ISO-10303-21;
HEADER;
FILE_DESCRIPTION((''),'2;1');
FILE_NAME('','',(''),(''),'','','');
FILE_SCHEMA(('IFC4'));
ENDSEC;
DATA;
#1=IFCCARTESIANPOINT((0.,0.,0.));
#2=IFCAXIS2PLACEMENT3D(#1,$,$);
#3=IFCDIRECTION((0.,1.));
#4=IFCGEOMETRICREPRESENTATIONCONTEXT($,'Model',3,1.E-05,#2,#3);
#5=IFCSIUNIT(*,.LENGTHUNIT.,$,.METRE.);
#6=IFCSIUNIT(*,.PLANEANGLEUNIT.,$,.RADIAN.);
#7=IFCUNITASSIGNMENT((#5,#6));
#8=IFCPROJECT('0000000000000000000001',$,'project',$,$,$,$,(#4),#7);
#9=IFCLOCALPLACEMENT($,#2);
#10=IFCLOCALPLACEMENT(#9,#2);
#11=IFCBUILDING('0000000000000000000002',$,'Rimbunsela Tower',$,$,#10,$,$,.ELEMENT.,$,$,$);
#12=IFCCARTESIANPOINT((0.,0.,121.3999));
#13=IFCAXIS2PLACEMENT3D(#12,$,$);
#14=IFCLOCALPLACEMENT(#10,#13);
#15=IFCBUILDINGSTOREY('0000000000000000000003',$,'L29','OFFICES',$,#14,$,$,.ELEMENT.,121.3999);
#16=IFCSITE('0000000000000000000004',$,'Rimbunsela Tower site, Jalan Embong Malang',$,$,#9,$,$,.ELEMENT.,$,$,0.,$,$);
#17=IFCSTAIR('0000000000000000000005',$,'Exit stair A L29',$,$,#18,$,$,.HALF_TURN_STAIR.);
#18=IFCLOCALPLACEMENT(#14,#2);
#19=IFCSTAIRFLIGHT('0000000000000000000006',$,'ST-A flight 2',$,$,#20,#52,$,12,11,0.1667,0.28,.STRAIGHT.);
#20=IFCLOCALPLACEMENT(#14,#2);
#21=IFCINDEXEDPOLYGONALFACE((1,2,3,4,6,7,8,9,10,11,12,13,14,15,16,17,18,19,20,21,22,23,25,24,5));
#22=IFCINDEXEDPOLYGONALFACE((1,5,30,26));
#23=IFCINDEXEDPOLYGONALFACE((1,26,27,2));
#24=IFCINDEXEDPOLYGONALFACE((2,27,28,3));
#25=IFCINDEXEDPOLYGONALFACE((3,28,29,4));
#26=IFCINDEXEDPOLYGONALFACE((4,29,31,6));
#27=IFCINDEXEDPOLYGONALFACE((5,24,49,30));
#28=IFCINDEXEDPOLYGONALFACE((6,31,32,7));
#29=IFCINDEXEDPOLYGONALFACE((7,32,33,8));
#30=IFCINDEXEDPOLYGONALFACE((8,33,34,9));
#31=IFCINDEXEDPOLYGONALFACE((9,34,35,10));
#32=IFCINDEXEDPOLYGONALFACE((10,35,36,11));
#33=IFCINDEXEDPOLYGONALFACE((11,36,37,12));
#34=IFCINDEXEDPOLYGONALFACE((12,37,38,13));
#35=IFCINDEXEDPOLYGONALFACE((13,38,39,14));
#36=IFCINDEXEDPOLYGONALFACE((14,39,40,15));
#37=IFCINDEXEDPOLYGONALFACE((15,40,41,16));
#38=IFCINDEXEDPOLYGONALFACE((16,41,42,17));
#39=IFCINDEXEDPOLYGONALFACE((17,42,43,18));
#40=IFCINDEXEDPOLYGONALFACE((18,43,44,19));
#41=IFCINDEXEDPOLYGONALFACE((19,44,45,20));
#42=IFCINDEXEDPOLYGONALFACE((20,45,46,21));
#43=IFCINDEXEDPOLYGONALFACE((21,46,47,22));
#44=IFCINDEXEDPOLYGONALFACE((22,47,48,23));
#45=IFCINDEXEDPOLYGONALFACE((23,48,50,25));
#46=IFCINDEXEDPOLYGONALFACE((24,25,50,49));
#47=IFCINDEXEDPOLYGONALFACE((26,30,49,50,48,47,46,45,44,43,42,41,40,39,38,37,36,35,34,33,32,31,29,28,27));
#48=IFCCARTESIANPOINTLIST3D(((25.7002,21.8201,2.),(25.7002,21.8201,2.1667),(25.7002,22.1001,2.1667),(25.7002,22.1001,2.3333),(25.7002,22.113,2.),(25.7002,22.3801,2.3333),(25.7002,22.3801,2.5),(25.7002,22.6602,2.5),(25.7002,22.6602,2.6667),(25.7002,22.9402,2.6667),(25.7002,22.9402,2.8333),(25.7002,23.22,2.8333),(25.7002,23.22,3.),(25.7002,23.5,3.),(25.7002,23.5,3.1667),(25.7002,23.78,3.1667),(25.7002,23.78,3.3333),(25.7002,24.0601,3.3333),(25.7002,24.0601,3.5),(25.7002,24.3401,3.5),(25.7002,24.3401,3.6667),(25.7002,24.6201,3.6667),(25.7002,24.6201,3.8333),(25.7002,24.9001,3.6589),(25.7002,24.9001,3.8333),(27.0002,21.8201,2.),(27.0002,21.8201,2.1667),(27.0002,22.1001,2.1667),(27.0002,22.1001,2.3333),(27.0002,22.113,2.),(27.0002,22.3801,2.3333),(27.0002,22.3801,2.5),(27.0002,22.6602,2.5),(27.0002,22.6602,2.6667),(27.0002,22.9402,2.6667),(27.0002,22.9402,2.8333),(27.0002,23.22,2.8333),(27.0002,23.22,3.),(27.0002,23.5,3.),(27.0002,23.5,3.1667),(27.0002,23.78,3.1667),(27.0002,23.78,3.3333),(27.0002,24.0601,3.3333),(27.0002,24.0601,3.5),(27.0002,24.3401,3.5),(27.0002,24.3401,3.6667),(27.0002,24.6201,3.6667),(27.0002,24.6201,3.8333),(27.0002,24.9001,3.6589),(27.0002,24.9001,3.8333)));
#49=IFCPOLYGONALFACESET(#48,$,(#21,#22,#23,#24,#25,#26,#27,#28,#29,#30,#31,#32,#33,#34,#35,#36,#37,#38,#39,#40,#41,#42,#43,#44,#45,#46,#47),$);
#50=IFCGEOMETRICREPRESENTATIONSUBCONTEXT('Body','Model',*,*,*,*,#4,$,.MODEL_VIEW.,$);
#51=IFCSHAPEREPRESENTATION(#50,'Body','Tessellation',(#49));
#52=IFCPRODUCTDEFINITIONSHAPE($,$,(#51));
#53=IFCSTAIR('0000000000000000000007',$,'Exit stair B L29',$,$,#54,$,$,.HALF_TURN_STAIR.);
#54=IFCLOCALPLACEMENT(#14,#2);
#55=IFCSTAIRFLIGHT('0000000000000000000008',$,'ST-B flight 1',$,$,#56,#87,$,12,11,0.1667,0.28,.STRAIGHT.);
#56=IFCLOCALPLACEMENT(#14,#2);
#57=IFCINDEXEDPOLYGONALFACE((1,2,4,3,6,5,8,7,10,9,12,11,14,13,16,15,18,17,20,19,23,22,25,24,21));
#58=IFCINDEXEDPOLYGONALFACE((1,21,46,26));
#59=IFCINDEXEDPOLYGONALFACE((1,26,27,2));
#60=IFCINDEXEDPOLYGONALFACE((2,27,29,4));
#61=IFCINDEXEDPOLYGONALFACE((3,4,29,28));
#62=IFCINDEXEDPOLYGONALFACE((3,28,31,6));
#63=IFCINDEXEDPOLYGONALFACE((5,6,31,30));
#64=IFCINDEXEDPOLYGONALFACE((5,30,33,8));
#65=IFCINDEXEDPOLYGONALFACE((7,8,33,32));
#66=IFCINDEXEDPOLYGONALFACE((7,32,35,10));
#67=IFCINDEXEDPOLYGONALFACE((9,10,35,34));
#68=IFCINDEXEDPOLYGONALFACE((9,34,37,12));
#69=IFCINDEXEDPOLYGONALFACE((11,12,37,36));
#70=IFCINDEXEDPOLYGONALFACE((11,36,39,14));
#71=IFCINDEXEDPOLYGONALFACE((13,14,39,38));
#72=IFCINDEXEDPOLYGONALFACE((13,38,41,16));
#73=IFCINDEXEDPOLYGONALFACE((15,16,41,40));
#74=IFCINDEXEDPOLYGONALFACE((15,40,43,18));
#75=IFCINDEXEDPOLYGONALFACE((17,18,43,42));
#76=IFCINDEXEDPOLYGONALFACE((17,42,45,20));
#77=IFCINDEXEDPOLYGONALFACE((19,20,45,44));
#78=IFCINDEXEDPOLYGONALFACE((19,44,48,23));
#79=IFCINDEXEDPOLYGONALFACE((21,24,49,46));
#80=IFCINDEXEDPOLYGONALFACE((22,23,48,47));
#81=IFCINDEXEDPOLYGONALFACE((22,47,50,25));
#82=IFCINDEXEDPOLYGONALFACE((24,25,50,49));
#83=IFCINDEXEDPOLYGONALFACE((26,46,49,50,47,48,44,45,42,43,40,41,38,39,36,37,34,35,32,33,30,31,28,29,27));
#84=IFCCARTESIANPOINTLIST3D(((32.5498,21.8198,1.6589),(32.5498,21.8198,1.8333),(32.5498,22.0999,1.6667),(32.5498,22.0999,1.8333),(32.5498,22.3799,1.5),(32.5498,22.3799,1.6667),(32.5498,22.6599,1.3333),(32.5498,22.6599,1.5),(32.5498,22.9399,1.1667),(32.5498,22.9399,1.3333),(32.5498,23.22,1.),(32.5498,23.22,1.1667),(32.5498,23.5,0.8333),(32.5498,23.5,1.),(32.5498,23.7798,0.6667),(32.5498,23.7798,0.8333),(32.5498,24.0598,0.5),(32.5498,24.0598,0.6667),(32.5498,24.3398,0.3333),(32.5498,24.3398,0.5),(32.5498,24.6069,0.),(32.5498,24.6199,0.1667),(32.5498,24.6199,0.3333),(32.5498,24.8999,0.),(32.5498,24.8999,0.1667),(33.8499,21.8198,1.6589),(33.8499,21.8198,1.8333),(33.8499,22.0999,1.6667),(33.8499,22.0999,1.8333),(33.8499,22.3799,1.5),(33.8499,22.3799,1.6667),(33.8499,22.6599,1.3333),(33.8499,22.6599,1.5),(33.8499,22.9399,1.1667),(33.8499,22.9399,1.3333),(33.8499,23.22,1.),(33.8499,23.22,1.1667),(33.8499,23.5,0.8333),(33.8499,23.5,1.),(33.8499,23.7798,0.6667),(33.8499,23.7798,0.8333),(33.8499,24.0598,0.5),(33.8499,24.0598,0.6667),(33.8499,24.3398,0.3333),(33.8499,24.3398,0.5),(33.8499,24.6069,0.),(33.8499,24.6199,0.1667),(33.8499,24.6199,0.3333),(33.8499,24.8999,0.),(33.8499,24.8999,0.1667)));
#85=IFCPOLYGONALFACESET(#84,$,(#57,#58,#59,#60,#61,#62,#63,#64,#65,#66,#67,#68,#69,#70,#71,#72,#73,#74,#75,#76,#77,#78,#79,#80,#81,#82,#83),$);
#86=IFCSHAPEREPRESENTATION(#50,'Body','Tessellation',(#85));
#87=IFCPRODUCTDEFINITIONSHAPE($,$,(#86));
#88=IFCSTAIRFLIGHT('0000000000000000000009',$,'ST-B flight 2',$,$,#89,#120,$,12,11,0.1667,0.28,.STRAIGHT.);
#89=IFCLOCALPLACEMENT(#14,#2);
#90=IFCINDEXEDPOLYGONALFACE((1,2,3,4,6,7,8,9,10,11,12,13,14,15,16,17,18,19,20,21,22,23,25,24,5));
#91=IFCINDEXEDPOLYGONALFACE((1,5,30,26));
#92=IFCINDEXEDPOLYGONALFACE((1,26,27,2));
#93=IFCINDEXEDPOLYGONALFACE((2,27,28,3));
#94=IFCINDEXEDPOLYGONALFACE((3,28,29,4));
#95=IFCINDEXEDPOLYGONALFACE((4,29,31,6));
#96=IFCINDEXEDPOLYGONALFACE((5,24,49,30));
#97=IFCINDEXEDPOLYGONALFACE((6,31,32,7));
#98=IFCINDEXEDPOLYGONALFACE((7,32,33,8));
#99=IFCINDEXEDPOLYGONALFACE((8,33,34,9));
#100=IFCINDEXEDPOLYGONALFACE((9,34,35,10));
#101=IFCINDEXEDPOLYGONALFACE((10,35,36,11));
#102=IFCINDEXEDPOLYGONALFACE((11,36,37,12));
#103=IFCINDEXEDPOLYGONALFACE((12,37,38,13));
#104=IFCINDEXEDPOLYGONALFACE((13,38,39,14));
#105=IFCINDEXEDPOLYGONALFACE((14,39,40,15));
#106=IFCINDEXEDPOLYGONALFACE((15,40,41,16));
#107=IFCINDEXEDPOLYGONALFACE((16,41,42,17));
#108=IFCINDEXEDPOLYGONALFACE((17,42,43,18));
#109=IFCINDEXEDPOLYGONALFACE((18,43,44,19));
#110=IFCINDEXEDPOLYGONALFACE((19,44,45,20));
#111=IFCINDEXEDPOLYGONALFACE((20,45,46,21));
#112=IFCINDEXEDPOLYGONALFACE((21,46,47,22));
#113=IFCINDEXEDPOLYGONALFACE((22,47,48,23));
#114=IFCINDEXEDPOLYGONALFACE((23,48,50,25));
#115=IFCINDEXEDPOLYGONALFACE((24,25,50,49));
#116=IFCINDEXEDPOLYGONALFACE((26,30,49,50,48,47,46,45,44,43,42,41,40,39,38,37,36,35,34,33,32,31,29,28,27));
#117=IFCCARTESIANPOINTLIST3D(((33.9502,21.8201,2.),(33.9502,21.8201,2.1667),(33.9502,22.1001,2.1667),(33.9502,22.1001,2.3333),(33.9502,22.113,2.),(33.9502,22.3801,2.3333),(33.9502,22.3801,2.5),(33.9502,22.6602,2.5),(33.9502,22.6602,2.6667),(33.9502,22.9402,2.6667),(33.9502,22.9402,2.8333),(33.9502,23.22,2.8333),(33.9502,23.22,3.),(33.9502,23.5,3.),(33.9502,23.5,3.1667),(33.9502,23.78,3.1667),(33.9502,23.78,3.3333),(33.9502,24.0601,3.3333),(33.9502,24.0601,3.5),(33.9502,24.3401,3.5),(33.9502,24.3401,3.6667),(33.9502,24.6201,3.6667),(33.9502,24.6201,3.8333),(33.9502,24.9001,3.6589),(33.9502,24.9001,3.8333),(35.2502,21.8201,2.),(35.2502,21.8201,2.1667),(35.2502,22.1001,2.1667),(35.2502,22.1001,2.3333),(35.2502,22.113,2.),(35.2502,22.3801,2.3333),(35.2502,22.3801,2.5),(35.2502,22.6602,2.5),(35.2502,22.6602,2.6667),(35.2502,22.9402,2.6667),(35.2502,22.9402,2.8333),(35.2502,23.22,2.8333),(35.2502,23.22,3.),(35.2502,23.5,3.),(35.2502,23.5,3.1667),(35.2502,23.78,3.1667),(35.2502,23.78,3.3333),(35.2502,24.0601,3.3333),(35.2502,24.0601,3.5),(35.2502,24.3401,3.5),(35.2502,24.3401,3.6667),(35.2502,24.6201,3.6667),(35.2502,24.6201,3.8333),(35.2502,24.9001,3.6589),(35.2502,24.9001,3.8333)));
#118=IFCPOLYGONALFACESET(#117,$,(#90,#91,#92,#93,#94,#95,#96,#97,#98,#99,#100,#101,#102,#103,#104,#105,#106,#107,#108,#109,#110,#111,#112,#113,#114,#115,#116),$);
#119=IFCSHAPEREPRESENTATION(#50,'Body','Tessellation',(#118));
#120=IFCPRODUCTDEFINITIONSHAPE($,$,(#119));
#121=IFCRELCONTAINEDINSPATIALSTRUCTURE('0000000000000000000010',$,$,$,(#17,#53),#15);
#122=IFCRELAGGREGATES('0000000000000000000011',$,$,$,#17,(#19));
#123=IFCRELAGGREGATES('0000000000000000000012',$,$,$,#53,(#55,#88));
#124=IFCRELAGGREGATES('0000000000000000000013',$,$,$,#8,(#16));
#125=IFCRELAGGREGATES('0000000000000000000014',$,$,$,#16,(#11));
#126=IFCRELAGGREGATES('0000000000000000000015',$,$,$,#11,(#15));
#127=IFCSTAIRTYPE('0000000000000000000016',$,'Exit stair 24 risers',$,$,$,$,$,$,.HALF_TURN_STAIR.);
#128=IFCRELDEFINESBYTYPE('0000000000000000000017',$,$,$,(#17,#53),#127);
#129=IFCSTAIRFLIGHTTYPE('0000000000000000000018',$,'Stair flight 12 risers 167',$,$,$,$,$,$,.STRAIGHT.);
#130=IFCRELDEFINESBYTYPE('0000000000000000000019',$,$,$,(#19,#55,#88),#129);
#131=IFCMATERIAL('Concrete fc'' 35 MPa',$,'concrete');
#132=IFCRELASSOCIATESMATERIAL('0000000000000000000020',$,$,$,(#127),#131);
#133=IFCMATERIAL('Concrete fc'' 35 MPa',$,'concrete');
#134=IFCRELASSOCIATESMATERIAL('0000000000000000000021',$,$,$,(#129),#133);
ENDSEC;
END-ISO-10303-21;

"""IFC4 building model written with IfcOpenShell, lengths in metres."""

from ifc_helpers import new_model, si_unit, direction, frame, origin, place, context, subcontext, project, spatial, polyline, outline, extrude, material, type_object, element, aggregate, save


model = new_model("IFC4")

# Units and contexts
model_context = context("Model", 3, precision=1e-05, world=origin(), true_north=direction((0.0, 1.0)))
body_context = subcontext(model_context, "Body", "Model", "MODEL_VIEW")
ifc_project = project(units=[si_unit("LENGTHUNIT", "METRE"), si_unit("PLANEANGLEUNIT", "RADIAN")], contexts=[model_context])

# Site, building, storey
site_placement = place(None, origin())
site = spatial("IfcSite", under=ifc_project, at=site_placement, Name="Rimbunsela Tower site, Jalan Embong Malang", CompositionType="ELEMENT", RefElevation=0.0)
building_placement = place(site_placement, origin())
building = spatial("IfcBuilding", under=site, at=building_placement, Name="Rimbunsela Tower", CompositionType="ELEMENT")
storey_placement = place(building_placement, frame((0.0, 0.0, 121.3999)))
storey = spatial("IfcBuildingStorey", under=building, at=storey_placement, Name="L29", Description="OFFICES", CompositionType="ELEMENT", Elevation=121.3999)

# Stair, stair flight
ifc_material_1 = material(Name="Concrete fc' 35 MPa", Category="concrete")
stair_type = type_object("IfcStairType", Name="Exit stair 24 risers", PredefinedType="HALF_TURN_STAIR", material=ifc_material_1)
stair_1_placement = place(storey_placement, origin())
stair_1 = element("IfcStair", 1, at=stair_1_placement, inside=storey, type_object=stair_type, Name="Exit stair A L29", PredefinedType="HALF_TURN_STAIR")
ifc_material_2 = material(Name="Concrete fc' 35 MPa", Category="concrete")
stair_flight_type = type_object("IfcStairFlightType", Name="Stair flight 12 risers 167", PredefinedType="STRAIGHT", material=ifc_material_2)
stair_flight_1_placement = place(storey_placement, frame((26.3501, 21.8201, 2.0), z_axis=(0.0, 0.0, 1.0), x_axis=(0.0, 1.0, 0.0)))
stair_flight_1 = element("IfcStairFlight", 2, at=stair_flight_1_placement, type_object=stair_flight_type, Name="ST-A flight 2", NumberOfRisers=12, NumberOfTreads=11, PredefinedType="STRAIGHT", RiserHeight=0.1667, TreadLength=0.28, context=body_context, shape_type="SweptSolid", body=[
    extrude(outline(polyline([(0.0, 0.0), (0.0, 0.1667), (0.28, 0.1667), (0.28, 0.3333), (0.5601, 0.3333), (0.5601, 0.5), (0.8401, 0.5), (0.8401, 0.6667), (1.1201, 0.6667), (1.1201, 0.8333), (1.3999, 0.8333), (1.3999, 1.0), (1.6799, 1.0), (1.6799, 1.1667), (1.96, 1.1667), (1.96, 1.3333), (2.24, 1.3333), (2.24, 1.5), (2.52, 1.5), (2.52, 1.6667), (2.8, 1.6667), (2.8, 1.8333), (3.0801, 1.8333), (3.0801, 2.0), (3.0801, 1.6589), (0.293, 0.0), (0.0, 0.0)])), frame((0.0, 0.6499, 0.0), z_axis=(0.0, -1.0, 0.0), x_axis=(1.0, 0.0, 0.0)), (0.0, 0.0, 1.0), 1.3),
])
aggregate(stair_1, [stair_flight_1])

# Stair, stair flights
stair_2_placement = place(storey_placement, origin())
stair_2 = element("IfcStair", 3, at=stair_2_placement, inside=storey, type_object=stair_type, Name="Exit stair B L29", PredefinedType="HALF_TURN_STAIR")
stair_flight_2_placement = place(storey_placement, frame((33.2, 24.8999, 0.0), z_axis=(0.0, 0.0, 1.0), x_axis=(0.0, -1.0, 0.0)))
stair_flight_2 = element("IfcStairFlight", 4, at=stair_flight_2_placement, type_object=stair_flight_type, Name="ST-B flight 1", NumberOfRisers=12, NumberOfTreads=11, PredefinedType="STRAIGHT", RiserHeight=0.1667, TreadLength=0.28, context=body_context, shape_type="SweptSolid", body=[
    extrude(outline(polyline([(0.0, 0.0), (0.0, 0.1667), (0.28, 0.1667), (0.28, 0.3333), (0.5601, 0.3333), (0.5601, 0.5), (0.8401, 0.5), (0.8401, 0.6667), (1.1201, 0.6667), (1.1201, 0.8333), (1.3999, 0.8333), (1.3999, 1.0), (1.6799, 1.0), (1.6799, 1.1667), (1.96, 1.1667), (1.96, 1.3333), (2.24, 1.3333), (2.24, 1.5), (2.52, 1.5), (2.52, 1.6667), (2.8, 1.6667), (2.8, 1.8333), (3.0801, 1.8333), (3.0801, 2.0), (3.0801, 1.6589), (0.293, 0.0), (0.0, 0.0)])), frame((0.0, 0.6499, 0.0), z_axis=(0.0, -1.0, 0.0), x_axis=(1.0, 0.0, 0.0)), (0.0, 0.0, 1.0), 1.3),
])
stair_flight_3_placement = place(storey_placement, frame((34.6001, 21.8201, 2.0), z_axis=(0.0, 0.0, 1.0), x_axis=(0.0, 1.0, 0.0)))
stair_flight_3 = element("IfcStairFlight", 5, at=stair_flight_3_placement, type_object=stair_flight_type, Name="ST-B flight 2", NumberOfRisers=12, NumberOfTreads=11, PredefinedType="STRAIGHT", RiserHeight=0.1667, TreadLength=0.28, context=body_context, shape_type="SweptSolid", body=[
    extrude(outline(polyline([(0.0, 0.0), (0.0, 0.1667), (0.28, 0.1667), (0.28, 0.3333), (0.5601, 0.3333), (0.5601, 0.5), (0.8401, 0.5), (0.8401, 0.6667), (1.1201, 0.6667), (1.1201, 0.8333), (1.3999, 0.8333), (1.3999, 1.0), (1.6799, 1.0), (1.6799, 1.1667), (1.96, 1.1667), (1.96, 1.3333), (2.24, 1.3333), (2.24, 1.5), (2.52, 1.5), (2.52, 1.6667), (2.8, 1.6667), (2.8, 1.8333), (3.0801, 1.8333), (3.0801, 2.0), (3.0801, 1.6589), (0.293, 0.0), (0.0, 0.0)])), frame((0.0, 0.6499, 0.0), z_axis=(0.0, -1.0, 0.0), x_axis=(1.0, 0.0, 0.0)), (0.0, 0.0, 1.0), 1.3),
])
aggregate(stair_2, [stair_flight_2, stair_flight_3])

save(model, "model.ifc")
